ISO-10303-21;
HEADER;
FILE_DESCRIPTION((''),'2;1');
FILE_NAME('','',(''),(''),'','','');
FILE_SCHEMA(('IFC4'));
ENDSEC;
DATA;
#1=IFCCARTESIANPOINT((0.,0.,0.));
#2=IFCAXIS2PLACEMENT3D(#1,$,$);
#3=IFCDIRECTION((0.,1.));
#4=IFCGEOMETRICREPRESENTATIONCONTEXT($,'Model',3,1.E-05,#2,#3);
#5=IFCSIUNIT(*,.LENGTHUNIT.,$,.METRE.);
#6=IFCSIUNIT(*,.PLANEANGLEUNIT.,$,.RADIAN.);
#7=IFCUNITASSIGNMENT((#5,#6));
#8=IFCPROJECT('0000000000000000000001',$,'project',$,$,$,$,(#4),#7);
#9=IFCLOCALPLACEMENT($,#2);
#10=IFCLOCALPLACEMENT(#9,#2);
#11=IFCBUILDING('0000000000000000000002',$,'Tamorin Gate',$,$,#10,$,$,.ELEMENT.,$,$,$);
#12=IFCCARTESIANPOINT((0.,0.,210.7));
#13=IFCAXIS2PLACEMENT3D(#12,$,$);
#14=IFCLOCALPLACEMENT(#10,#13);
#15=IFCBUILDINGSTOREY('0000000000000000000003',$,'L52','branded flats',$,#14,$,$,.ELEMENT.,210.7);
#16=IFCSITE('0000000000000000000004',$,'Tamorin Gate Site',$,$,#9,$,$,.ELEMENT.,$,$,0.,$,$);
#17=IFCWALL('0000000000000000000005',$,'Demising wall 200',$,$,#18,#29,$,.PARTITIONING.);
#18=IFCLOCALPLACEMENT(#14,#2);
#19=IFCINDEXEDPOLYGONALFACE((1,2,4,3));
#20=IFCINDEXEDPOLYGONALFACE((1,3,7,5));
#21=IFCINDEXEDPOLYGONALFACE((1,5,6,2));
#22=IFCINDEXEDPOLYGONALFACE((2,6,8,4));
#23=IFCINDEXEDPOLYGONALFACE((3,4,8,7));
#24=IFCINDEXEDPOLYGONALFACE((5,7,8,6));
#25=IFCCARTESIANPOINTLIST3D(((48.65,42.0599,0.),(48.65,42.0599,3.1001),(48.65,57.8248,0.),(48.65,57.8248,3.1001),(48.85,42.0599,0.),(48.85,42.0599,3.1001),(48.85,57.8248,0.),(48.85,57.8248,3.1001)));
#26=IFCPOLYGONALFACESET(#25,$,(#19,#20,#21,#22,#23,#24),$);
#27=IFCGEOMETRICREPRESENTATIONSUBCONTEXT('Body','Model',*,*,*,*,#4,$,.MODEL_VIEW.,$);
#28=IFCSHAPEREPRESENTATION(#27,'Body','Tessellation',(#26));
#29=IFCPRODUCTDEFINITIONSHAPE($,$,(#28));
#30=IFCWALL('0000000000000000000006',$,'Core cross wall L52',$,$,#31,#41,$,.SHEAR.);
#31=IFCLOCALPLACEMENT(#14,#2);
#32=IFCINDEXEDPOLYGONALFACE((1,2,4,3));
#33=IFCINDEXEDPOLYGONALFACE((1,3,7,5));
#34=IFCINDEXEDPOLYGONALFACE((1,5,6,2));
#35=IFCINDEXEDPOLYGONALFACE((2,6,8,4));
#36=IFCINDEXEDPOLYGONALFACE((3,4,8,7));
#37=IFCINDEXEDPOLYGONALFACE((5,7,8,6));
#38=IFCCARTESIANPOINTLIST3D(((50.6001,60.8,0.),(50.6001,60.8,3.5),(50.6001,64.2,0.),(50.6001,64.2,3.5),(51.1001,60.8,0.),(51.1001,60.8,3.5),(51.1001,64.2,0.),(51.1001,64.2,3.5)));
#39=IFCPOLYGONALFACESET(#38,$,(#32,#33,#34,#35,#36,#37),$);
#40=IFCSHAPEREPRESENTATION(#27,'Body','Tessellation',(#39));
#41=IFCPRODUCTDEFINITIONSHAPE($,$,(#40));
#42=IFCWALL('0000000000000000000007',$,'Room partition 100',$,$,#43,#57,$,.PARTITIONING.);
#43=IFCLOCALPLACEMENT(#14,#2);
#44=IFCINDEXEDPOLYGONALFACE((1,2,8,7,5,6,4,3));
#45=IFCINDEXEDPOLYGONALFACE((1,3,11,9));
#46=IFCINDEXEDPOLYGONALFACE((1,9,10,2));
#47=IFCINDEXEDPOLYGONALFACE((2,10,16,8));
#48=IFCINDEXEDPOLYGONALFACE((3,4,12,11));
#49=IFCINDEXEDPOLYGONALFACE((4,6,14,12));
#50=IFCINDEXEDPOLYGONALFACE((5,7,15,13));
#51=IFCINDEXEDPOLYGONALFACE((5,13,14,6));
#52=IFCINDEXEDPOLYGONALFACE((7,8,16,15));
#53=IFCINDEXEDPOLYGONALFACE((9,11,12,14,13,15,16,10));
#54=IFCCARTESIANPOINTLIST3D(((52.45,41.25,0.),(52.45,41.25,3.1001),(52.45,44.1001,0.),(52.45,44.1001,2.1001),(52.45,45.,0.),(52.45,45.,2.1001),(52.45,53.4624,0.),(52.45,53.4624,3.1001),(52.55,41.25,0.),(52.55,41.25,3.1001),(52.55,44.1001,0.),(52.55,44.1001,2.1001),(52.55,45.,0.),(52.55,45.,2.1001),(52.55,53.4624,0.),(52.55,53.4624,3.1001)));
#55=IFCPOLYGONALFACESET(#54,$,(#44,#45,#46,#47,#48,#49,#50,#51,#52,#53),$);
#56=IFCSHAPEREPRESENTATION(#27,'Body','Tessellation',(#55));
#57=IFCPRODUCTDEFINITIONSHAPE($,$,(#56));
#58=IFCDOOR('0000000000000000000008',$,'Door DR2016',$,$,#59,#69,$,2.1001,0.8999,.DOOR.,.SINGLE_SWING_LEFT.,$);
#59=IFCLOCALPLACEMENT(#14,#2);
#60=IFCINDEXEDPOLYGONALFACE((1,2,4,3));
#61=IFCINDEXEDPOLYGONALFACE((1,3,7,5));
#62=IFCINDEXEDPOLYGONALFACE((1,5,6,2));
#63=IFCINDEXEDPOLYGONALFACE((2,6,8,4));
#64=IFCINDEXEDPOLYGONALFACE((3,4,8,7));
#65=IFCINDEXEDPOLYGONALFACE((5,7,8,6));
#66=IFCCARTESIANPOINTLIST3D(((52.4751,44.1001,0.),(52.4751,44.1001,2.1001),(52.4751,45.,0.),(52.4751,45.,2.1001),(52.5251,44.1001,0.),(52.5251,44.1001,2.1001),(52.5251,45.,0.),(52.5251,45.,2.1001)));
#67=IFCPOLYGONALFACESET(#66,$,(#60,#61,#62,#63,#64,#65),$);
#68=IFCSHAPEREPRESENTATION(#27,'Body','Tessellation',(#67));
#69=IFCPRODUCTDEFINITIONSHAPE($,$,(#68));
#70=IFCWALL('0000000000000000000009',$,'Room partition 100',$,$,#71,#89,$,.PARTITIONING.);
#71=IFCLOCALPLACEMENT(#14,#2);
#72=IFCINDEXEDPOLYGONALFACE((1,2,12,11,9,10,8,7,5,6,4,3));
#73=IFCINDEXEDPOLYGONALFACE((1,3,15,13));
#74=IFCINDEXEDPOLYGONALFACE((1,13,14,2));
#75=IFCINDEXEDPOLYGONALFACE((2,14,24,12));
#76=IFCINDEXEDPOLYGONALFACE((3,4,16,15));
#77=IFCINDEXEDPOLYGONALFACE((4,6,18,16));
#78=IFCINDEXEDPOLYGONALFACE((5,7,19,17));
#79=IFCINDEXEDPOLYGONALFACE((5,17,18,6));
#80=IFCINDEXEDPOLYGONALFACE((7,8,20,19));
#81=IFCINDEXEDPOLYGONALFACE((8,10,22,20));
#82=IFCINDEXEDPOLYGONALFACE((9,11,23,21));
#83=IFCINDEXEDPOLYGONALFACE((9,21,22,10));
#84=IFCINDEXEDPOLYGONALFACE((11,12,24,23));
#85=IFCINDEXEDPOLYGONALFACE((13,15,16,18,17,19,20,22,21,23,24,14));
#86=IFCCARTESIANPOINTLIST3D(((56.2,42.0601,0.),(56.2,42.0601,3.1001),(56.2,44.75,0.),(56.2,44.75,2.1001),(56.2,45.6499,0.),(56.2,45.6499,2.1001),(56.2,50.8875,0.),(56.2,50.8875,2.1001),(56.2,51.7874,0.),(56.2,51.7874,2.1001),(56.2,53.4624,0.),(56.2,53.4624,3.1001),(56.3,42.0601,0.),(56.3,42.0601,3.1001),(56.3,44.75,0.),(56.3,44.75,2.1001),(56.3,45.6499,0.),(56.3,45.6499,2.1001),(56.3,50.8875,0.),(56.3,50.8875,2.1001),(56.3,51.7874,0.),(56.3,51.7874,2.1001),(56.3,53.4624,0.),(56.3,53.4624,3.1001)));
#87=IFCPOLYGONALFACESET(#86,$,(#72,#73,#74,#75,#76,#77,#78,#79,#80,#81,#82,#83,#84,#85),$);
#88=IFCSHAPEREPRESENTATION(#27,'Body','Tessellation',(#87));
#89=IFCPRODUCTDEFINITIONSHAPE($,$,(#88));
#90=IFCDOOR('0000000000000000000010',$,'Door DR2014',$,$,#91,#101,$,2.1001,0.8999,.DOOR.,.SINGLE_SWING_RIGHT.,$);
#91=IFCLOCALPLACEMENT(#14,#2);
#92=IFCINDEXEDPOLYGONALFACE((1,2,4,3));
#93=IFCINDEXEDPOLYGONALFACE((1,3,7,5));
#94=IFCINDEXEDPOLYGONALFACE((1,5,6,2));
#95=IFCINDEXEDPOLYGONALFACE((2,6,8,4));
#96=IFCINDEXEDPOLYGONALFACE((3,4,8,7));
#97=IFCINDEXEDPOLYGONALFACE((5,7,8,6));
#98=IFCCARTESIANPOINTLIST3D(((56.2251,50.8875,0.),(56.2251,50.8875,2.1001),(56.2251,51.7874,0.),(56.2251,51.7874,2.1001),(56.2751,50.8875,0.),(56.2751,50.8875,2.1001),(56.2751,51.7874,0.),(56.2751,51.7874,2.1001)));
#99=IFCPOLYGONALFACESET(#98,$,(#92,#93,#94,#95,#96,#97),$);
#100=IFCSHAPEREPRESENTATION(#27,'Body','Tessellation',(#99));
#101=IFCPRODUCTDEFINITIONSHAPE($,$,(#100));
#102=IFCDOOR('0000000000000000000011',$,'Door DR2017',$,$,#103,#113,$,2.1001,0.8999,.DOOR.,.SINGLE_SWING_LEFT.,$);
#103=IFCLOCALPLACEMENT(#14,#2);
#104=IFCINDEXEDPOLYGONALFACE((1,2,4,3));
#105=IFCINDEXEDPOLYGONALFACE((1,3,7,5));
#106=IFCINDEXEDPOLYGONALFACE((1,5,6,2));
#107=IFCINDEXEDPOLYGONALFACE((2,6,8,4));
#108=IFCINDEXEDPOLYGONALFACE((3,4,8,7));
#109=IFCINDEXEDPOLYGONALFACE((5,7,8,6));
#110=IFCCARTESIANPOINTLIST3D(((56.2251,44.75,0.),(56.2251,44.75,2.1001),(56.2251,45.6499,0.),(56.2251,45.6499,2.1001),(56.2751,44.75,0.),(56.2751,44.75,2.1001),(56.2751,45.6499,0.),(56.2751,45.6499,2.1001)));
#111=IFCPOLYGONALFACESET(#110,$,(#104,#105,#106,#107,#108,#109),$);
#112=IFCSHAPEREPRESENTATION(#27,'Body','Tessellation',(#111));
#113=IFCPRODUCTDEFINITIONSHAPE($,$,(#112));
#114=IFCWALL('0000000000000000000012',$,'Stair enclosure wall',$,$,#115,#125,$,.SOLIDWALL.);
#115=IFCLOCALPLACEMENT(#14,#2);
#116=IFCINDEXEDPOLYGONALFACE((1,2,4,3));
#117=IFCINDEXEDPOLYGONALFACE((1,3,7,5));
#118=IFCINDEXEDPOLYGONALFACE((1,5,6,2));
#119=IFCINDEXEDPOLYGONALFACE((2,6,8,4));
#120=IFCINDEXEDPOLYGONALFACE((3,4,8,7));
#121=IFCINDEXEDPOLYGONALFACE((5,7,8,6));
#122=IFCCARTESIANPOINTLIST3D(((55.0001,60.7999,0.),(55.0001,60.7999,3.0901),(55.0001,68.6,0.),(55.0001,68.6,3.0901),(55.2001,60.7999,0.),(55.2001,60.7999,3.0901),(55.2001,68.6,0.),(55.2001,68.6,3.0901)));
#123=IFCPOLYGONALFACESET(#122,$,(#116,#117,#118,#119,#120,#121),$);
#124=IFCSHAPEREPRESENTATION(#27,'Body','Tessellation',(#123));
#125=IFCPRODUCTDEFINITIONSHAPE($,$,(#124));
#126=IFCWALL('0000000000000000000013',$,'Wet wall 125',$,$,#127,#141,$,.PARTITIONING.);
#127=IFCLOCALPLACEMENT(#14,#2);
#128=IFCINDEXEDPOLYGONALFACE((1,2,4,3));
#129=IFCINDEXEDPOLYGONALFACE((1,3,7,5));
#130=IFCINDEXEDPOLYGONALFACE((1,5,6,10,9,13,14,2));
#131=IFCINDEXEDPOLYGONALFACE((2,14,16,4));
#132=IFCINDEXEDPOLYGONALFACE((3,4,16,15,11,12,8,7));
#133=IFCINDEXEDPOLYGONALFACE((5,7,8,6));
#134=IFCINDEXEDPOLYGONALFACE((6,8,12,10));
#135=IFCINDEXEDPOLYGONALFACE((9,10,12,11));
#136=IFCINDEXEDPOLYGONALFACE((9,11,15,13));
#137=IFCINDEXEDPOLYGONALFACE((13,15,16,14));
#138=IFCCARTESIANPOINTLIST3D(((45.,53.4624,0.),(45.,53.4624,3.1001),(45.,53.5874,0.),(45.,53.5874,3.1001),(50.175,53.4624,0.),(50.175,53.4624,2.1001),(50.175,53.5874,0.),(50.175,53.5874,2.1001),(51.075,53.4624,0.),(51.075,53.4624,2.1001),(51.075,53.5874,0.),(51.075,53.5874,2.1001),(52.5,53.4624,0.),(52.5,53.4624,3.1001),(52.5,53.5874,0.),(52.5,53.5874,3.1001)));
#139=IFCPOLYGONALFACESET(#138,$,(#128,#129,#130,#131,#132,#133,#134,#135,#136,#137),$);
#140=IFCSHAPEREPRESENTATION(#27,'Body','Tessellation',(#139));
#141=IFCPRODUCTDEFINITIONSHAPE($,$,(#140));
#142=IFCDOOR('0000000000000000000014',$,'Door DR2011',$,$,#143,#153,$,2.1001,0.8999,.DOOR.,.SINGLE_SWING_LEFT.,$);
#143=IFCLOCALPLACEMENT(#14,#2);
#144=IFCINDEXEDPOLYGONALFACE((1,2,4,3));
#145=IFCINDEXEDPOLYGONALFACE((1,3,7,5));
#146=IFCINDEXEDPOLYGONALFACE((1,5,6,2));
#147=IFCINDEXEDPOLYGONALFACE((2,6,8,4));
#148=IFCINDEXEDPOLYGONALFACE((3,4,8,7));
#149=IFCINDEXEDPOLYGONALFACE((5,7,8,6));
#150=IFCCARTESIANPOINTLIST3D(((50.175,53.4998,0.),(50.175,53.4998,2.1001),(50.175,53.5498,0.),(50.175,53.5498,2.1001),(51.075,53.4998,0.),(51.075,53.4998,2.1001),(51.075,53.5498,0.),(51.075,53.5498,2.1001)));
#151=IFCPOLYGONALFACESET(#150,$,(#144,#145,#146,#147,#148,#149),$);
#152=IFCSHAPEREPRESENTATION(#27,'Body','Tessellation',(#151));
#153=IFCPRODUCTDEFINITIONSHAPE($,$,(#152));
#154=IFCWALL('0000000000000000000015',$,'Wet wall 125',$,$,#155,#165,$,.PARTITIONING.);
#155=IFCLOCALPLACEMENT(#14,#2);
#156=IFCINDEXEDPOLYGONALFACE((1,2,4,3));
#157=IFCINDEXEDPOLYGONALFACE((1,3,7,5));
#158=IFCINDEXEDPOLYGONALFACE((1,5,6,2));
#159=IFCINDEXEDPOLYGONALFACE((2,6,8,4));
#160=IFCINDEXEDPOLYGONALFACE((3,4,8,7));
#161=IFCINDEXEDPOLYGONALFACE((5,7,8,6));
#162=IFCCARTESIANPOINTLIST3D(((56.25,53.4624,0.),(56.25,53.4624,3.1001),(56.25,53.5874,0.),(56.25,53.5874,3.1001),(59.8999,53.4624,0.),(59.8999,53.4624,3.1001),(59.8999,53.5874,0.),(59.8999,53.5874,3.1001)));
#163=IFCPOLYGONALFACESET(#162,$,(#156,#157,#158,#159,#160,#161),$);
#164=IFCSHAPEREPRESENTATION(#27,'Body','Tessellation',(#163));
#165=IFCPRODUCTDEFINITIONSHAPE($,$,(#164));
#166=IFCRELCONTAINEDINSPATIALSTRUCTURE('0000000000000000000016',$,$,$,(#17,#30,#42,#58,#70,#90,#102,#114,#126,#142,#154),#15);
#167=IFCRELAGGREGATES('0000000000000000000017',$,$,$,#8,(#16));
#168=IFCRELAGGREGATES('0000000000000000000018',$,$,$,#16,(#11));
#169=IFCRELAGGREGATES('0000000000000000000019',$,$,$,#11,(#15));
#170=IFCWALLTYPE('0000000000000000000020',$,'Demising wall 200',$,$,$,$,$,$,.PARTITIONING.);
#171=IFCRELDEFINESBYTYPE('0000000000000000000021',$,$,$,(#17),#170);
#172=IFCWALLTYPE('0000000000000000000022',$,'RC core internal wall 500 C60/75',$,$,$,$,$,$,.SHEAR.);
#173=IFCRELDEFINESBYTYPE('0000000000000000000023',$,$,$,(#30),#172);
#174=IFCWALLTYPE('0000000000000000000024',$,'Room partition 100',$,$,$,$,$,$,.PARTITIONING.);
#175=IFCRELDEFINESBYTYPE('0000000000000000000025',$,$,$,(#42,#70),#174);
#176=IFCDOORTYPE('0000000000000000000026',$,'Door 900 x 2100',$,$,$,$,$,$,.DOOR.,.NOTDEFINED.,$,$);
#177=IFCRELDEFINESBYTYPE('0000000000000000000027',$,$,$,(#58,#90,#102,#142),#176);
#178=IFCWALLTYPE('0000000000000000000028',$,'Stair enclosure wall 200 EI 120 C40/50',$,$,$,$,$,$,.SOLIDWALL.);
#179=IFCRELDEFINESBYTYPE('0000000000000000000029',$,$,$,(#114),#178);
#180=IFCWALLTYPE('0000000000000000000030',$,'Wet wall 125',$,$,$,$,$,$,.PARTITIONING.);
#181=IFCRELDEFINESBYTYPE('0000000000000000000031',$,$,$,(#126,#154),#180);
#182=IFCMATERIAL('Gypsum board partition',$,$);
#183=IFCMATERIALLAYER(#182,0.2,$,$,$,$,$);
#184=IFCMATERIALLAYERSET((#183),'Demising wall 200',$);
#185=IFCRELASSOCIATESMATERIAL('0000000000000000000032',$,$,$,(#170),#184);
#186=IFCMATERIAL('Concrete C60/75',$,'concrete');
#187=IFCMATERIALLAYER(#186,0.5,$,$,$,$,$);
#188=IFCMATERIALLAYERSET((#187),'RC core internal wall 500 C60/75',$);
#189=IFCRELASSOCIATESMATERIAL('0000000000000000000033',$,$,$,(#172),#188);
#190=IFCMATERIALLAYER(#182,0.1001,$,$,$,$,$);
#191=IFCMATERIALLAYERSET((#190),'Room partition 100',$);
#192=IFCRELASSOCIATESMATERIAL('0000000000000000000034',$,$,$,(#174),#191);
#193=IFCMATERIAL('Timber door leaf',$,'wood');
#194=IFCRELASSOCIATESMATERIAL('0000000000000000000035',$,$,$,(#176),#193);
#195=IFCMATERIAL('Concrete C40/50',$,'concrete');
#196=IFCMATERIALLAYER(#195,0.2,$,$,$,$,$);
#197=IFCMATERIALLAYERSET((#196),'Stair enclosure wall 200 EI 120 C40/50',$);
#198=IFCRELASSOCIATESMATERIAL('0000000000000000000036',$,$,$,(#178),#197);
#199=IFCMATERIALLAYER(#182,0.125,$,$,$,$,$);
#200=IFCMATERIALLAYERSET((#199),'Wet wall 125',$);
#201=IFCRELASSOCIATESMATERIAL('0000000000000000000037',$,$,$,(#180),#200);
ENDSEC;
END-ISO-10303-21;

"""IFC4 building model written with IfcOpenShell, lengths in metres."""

from ifc_helpers import new_model, si_unit, direction, frame, frame_2d, origin, place, context, subcontext, project, spatial, rectangle, extrude, material, layer, layer_set, type_object, element, fill, save


model = new_model("IFC4")

# Units and contexts
model_context = context("Model", 3, precision=1e-05, world=origin(), true_north=direction((0.0, 1.0)))
body_context = subcontext(model_context, "Body", "Model", "MODEL_VIEW")
ifc_project = project(units=[si_unit("LENGTHUNIT", "METRE"), si_unit("PLANEANGLEUNIT", "RADIAN")], contexts=[model_context])

# Site, building, storey
site_placement = place(None, origin())
site = spatial("IfcSite", under=ifc_project, at=site_placement, Name="Tamorin Gate Site", CompositionType="ELEMENT", RefElevation=0.0)
building_placement = place(site_placement, origin())
building = spatial("IfcBuilding", under=site, at=building_placement, Name="Tamorin Gate", CompositionType="ELEMENT")
storey_placement = place(building_placement, frame((0.0, 0.0, 210.7)))
storey = spatial("IfcBuildingStorey", under=building, at=storey_placement, Name="L52", Description="branded flats", CompositionType="ELEMENT", Elevation=210.7)

# Shared definitions
ifc_material_1 = material(Name="Concrete C60/75", Category="concrete")

# Walls
ifc_material_2 = material(Name="Gypsum board partition")
ifc_layer_1 = layer(ifc_material_2, 0.2)
ifc_layer_set_1 = layer_set([ifc_layer_1], Name="Demising wall 200")
wall_type_1 = type_object("IfcWallType", Name="Demising wall 200", PredefinedType="PARTITIONING", material=ifc_layer_set_1)
wall_1_placement = place(storey_placement, frame((48.75, 42.0601, 0.0), z_axis=(0.0, 0.0, 1.0), x_axis=(0.0, 1.0, 0.0)))
element("IfcWall", 1, at=wall_1_placement, inside=storey, type_object=wall_type_1, Name="Demising wall 200", PredefinedType="PARTITIONING", context=body_context, shape_type="SweptSolid", body=[
    extrude(rectangle(XDim=15.7649, YDim=0.2, at=frame_2d((7.8823, 0.0))), origin(), (0.0, 0.0, 1.0), 3.1001),
])
ifc_layer_2 = layer(ifc_material_1, 0.5)
ifc_layer_set_2 = layer_set([ifc_layer_2], Name="RC core internal wall 500 C60/75")
wall_type_2 = type_object("IfcWallType", Name="RC core internal wall 500 C60/75", PredefinedType="SHEAR", material=ifc_layer_set_2)
wall_2_placement = place(storey_placement, frame((50.8501, 60.8, 0.0), z_axis=(0.0, 0.0, 1.0), x_axis=(0.0, 1.0, 0.0)))
element("IfcWall", 2, at=wall_2_placement, inside=storey, type_object=wall_type_2, Name="Core cross wall L52", PredefinedType="SHEAR", context=body_context, shape_type="SweptSolid", body=[
    extrude(rectangle(XDim=3.3999, YDim=0.5, at=frame_2d((1.7, 0.0))), origin(), (0.0, 0.0, 1.0), 3.5),
])

# Wall, opening, door
ifc_layer_3 = layer(ifc_material_2, 0.1001)
ifc_layer_set_3 = layer_set([ifc_layer_3], Name="Room partition 100")
wall_type_3 = type_object("IfcWallType", Name="Room partition 100", PredefinedType="PARTITIONING", material=ifc_layer_set_3)
wall_3_placement = place(storey_placement, frame((52.5, 41.25, 0.0), z_axis=(0.0, 0.0, 1.0), x_axis=(0.0, 1.0, 0.0)))
wall_3 = element("IfcWall", 3, at=wall_3_placement, inside=storey, type_object=wall_type_3, Name="Room partition 100", PredefinedType="PARTITIONING", context=body_context, shape_type="SweptSolid", body=[
    extrude(rectangle(XDim=12.2124, YDim=0.1001, at=frame_2d((6.1062, 0.0))), origin(), (0.0, 0.0, 1.0), 3.1001),
])
opening_1_placement = place(wall_3_placement, frame((2.8501, 0.0, 0.0)))
opening_1 = element("IfcOpeningElement", 4, at=opening_1_placement, cuts=wall_3, PredefinedType="OPENING", context=body_context, shape_type="SweptSolid", body=[
    extrude(rectangle(XDim=0.8999, YDim=2.1001, at=frame_2d((0.45, 1.05))), frame((0.0, 0.0601, 0.0), z_axis=(0.0, -1.0, 0.0), x_axis=(1.0, 0.0, 0.0)), (0.0, 0.0, 1.0), 0.1201),
])
ifc_material_3 = material(Name="Timber door leaf", Category="wood")
door_type = type_object("IfcDoorType", Name="Door 900 x 2100", OperationType="NOTDEFINED", PredefinedType="DOOR", material=ifc_material_3)
door_1_placement = place(opening_1_placement, origin())
door_1 = element("IfcDoor", 5, at=door_1_placement, inside=storey, type_object=door_type, Name="Door DR2016", OperationType="SINGLE_SWING_LEFT", OverallHeight=2.1001, OverallWidth=0.8999, PredefinedType="DOOR", context=body_context, shape_type="SweptSolid", body=[
    extrude(rectangle(XDim=0.8999, YDim=2.1001, at=frame_2d((0.45, 1.05))), frame((0.0, 0.0249, 0.0), z_axis=(0.0, -1.0, 0.0), x_axis=(1.0, 0.0, 0.0)), (0.0, 0.0, 1.0), 0.05),
])
fill(opening_1, door_1)

# Wall, openings, doors
wall_4_placement = place(storey_placement, frame((56.25, 42.0601, 0.0), z_axis=(0.0, 0.0, 1.0), x_axis=(0.0, 1.0, 0.0)))
wall_4 = element("IfcWall", 6, at=wall_4_placement, inside=storey, type_object=wall_type_3, Name="Room partition 100", PredefinedType="PARTITIONING", context=body_context, shape_type="SweptSolid", body=[
    extrude(rectangle(XDim=11.4023, YDim=0.1001, at=frame_2d((5.7012, 0.0))), origin(), (0.0, 0.0, 1.0), 3.1001),
])
opening_2_placement = place(wall_4_placement, frame((8.8274, 0.0, 0.0)))
opening_2 = element("IfcOpeningElement", 7, at=opening_2_placement, cuts=wall_4, PredefinedType="OPENING", context=body_context, shape_type="SweptSolid", body=[
    extrude(rectangle(XDim=0.8999, YDim=2.1001, at=frame_2d((0.45, 1.05))), frame((0.0, 0.0601, 0.0), z_axis=(0.0, -1.0, 0.0), x_axis=(1.0, 0.0, 0.0)), (0.0, 0.0, 1.0), 0.1201),
])
opening_3_placement = place(wall_4_placement, frame((2.6899, 0.0, 0.0)))
opening_3 = element("IfcOpeningElement", 8, at=opening_3_placement, cuts=wall_4, PredefinedType="OPENING", context=body_context, shape_type="SweptSolid", body=[
    extrude(rectangle(XDim=0.8999, YDim=2.1001, at=frame_2d((0.45, 1.05))), frame((0.0, 0.0601, 0.0), z_axis=(0.0, -1.0, 0.0), x_axis=(1.0, 0.0, 0.0)), (0.0, 0.0, 1.0), 0.1201),
])
door_2_placement = place(opening_2_placement, origin())
door_2 = element("IfcDoor", 9, at=door_2_placement, inside=storey, type_object=door_type, Name="Door DR2014", OperationType="SINGLE_SWING_RIGHT", OverallHeight=2.1001, OverallWidth=0.8999, PredefinedType="DOOR", context=body_context, shape_type="SweptSolid", body=[
    extrude(rectangle(XDim=0.8999, YDim=2.1001, at=frame_2d((0.45, 1.05))), frame((0.0, 0.0249, 0.0), z_axis=(0.0, -1.0, 0.0), x_axis=(1.0, 0.0, 0.0)), (0.0, 0.0, 1.0), 0.05),
])
fill(opening_2, door_2)
door_3_placement = place(opening_3_placement, origin())
door_3 = element("IfcDoor", 10, at=door_3_placement, inside=storey, type_object=door_type, Name="Door DR2017", OperationType="SINGLE_SWING_LEFT", OverallHeight=2.1001, OverallWidth=0.8999, PredefinedType="DOOR", context=body_context, shape_type="SweptSolid", body=[
    extrude(rectangle(XDim=0.8999, YDim=2.1001, at=frame_2d((0.45, 1.05))), frame((0.0, 0.0249, 0.0), z_axis=(0.0, -1.0, 0.0), x_axis=(1.0, 0.0, 0.0)), (0.0, 0.0, 1.0), 0.05),
])
fill(opening_3, door_3)

# Wall
ifc_material_4 = material(Name="Concrete C40/50", Category="concrete")
ifc_layer_4 = layer(ifc_material_4, 0.2)
ifc_layer_set_4 = layer_set([ifc_layer_4], Name="Stair enclosure wall 200 EI 120 C40/50")
wall_type_4 = type_object("IfcWallType", Name="Stair enclosure wall 200 EI 120 C40/50", PredefinedType="SOLIDWALL", material=ifc_layer_set_4)
wall_5_placement = place(storey_placement, frame((55.1001, 60.8, 0.0), z_axis=(0.0, 0.0, 1.0), x_axis=(0.0, 1.0, 0.0)))
element("IfcWall", 11, at=wall_5_placement, inside=storey, type_object=wall_type_4, Name="Stair enclosure wall", PredefinedType="SOLIDWALL", context=body_context, shape_type="SweptSolid", body=[
    extrude(rectangle(XDim=7.8, YDim=0.2, at=frame_2d((3.8999, 0.0))), origin(), (0.0, 0.0, 1.0), 3.0901),
])

# Wall, opening, door
ifc_layer_5 = layer(ifc_material_2, 0.125)
ifc_layer_set_5 = layer_set([ifc_layer_5], Name="Wet wall 125")
wall_type_5 = type_object("IfcWallType", Name="Wet wall 125", PredefinedType="PARTITIONING", material=ifc_layer_set_5)
wall_6_placement = place(storey_placement, frame((45.0, 53.5249, 0.0), z_axis=(0.0, 0.0, 1.0), x_axis=(1.0, 0.0, 0.0)))
wall_6 = element("IfcWall", 12, at=wall_6_placement, inside=storey, type_object=wall_type_5, Name="Wet wall 125", PredefinedType="PARTITIONING", context=body_context, shape_type="SweptSolid", body=[
    extrude(rectangle(XDim=7.5, YDim=0.125, at=frame_2d((3.75, 0.0))), origin(), (0.0, 0.0, 1.0), 3.1001),
])
opening_4_placement = place(wall_6_placement, frame((5.175, 0.0, 0.0)))
opening_4 = element("IfcOpeningElement", 13, at=opening_4_placement, cuts=wall_6, PredefinedType="OPENING", context=body_context, shape_type="SweptSolid", body=[
    extrude(rectangle(XDim=0.8999, YDim=2.1001, at=frame_2d((0.45, 1.05))), frame((0.0, 0.0725, 0.0), z_axis=(0.0, -1.0, 0.0), x_axis=(1.0, 0.0, 0.0)), (0.0, 0.0, 1.0), 0.145),
])
door_4_placement = place(opening_4_placement, origin())
door_4 = element("IfcDoor", 14, at=door_4_placement, inside=storey, type_object=door_type, Name="Door DR2011", OperationType="SINGLE_SWING_LEFT", OverallHeight=2.1001, OverallWidth=0.8999, PredefinedType="DOOR", context=body_context, shape_type="SweptSolid", body=[
    extrude(rectangle(XDim=0.8999, YDim=2.1001, at=frame_2d((0.45, 1.05))), frame((0.0, 0.0249, 0.0), z_axis=(0.0, -1.0, 0.0), x_axis=(1.0, 0.0, 0.0)), (0.0, 0.0, 1.0), 0.05),
])
fill(opening_4, door_4)

# Wall
wall_7_placement = place(storey_placement, frame((56.25, 53.5249, 0.0), z_axis=(0.0, 0.0, 1.0), x_axis=(1.0, 0.0, 0.0)))
element("IfcWall", 15, at=wall_7_placement, inside=storey, type_object=wall_type_5, Name="Wet wall 125", PredefinedType="PARTITIONING", context=body_context, shape_type="SweptSolid", body=[
    extrude(rectangle(XDim=3.6499, YDim=0.125, at=frame_2d((1.825, 0.0))), origin(), (0.0, 0.0, 1.0), 3.1001),
])

save(model, "model.ifc")
